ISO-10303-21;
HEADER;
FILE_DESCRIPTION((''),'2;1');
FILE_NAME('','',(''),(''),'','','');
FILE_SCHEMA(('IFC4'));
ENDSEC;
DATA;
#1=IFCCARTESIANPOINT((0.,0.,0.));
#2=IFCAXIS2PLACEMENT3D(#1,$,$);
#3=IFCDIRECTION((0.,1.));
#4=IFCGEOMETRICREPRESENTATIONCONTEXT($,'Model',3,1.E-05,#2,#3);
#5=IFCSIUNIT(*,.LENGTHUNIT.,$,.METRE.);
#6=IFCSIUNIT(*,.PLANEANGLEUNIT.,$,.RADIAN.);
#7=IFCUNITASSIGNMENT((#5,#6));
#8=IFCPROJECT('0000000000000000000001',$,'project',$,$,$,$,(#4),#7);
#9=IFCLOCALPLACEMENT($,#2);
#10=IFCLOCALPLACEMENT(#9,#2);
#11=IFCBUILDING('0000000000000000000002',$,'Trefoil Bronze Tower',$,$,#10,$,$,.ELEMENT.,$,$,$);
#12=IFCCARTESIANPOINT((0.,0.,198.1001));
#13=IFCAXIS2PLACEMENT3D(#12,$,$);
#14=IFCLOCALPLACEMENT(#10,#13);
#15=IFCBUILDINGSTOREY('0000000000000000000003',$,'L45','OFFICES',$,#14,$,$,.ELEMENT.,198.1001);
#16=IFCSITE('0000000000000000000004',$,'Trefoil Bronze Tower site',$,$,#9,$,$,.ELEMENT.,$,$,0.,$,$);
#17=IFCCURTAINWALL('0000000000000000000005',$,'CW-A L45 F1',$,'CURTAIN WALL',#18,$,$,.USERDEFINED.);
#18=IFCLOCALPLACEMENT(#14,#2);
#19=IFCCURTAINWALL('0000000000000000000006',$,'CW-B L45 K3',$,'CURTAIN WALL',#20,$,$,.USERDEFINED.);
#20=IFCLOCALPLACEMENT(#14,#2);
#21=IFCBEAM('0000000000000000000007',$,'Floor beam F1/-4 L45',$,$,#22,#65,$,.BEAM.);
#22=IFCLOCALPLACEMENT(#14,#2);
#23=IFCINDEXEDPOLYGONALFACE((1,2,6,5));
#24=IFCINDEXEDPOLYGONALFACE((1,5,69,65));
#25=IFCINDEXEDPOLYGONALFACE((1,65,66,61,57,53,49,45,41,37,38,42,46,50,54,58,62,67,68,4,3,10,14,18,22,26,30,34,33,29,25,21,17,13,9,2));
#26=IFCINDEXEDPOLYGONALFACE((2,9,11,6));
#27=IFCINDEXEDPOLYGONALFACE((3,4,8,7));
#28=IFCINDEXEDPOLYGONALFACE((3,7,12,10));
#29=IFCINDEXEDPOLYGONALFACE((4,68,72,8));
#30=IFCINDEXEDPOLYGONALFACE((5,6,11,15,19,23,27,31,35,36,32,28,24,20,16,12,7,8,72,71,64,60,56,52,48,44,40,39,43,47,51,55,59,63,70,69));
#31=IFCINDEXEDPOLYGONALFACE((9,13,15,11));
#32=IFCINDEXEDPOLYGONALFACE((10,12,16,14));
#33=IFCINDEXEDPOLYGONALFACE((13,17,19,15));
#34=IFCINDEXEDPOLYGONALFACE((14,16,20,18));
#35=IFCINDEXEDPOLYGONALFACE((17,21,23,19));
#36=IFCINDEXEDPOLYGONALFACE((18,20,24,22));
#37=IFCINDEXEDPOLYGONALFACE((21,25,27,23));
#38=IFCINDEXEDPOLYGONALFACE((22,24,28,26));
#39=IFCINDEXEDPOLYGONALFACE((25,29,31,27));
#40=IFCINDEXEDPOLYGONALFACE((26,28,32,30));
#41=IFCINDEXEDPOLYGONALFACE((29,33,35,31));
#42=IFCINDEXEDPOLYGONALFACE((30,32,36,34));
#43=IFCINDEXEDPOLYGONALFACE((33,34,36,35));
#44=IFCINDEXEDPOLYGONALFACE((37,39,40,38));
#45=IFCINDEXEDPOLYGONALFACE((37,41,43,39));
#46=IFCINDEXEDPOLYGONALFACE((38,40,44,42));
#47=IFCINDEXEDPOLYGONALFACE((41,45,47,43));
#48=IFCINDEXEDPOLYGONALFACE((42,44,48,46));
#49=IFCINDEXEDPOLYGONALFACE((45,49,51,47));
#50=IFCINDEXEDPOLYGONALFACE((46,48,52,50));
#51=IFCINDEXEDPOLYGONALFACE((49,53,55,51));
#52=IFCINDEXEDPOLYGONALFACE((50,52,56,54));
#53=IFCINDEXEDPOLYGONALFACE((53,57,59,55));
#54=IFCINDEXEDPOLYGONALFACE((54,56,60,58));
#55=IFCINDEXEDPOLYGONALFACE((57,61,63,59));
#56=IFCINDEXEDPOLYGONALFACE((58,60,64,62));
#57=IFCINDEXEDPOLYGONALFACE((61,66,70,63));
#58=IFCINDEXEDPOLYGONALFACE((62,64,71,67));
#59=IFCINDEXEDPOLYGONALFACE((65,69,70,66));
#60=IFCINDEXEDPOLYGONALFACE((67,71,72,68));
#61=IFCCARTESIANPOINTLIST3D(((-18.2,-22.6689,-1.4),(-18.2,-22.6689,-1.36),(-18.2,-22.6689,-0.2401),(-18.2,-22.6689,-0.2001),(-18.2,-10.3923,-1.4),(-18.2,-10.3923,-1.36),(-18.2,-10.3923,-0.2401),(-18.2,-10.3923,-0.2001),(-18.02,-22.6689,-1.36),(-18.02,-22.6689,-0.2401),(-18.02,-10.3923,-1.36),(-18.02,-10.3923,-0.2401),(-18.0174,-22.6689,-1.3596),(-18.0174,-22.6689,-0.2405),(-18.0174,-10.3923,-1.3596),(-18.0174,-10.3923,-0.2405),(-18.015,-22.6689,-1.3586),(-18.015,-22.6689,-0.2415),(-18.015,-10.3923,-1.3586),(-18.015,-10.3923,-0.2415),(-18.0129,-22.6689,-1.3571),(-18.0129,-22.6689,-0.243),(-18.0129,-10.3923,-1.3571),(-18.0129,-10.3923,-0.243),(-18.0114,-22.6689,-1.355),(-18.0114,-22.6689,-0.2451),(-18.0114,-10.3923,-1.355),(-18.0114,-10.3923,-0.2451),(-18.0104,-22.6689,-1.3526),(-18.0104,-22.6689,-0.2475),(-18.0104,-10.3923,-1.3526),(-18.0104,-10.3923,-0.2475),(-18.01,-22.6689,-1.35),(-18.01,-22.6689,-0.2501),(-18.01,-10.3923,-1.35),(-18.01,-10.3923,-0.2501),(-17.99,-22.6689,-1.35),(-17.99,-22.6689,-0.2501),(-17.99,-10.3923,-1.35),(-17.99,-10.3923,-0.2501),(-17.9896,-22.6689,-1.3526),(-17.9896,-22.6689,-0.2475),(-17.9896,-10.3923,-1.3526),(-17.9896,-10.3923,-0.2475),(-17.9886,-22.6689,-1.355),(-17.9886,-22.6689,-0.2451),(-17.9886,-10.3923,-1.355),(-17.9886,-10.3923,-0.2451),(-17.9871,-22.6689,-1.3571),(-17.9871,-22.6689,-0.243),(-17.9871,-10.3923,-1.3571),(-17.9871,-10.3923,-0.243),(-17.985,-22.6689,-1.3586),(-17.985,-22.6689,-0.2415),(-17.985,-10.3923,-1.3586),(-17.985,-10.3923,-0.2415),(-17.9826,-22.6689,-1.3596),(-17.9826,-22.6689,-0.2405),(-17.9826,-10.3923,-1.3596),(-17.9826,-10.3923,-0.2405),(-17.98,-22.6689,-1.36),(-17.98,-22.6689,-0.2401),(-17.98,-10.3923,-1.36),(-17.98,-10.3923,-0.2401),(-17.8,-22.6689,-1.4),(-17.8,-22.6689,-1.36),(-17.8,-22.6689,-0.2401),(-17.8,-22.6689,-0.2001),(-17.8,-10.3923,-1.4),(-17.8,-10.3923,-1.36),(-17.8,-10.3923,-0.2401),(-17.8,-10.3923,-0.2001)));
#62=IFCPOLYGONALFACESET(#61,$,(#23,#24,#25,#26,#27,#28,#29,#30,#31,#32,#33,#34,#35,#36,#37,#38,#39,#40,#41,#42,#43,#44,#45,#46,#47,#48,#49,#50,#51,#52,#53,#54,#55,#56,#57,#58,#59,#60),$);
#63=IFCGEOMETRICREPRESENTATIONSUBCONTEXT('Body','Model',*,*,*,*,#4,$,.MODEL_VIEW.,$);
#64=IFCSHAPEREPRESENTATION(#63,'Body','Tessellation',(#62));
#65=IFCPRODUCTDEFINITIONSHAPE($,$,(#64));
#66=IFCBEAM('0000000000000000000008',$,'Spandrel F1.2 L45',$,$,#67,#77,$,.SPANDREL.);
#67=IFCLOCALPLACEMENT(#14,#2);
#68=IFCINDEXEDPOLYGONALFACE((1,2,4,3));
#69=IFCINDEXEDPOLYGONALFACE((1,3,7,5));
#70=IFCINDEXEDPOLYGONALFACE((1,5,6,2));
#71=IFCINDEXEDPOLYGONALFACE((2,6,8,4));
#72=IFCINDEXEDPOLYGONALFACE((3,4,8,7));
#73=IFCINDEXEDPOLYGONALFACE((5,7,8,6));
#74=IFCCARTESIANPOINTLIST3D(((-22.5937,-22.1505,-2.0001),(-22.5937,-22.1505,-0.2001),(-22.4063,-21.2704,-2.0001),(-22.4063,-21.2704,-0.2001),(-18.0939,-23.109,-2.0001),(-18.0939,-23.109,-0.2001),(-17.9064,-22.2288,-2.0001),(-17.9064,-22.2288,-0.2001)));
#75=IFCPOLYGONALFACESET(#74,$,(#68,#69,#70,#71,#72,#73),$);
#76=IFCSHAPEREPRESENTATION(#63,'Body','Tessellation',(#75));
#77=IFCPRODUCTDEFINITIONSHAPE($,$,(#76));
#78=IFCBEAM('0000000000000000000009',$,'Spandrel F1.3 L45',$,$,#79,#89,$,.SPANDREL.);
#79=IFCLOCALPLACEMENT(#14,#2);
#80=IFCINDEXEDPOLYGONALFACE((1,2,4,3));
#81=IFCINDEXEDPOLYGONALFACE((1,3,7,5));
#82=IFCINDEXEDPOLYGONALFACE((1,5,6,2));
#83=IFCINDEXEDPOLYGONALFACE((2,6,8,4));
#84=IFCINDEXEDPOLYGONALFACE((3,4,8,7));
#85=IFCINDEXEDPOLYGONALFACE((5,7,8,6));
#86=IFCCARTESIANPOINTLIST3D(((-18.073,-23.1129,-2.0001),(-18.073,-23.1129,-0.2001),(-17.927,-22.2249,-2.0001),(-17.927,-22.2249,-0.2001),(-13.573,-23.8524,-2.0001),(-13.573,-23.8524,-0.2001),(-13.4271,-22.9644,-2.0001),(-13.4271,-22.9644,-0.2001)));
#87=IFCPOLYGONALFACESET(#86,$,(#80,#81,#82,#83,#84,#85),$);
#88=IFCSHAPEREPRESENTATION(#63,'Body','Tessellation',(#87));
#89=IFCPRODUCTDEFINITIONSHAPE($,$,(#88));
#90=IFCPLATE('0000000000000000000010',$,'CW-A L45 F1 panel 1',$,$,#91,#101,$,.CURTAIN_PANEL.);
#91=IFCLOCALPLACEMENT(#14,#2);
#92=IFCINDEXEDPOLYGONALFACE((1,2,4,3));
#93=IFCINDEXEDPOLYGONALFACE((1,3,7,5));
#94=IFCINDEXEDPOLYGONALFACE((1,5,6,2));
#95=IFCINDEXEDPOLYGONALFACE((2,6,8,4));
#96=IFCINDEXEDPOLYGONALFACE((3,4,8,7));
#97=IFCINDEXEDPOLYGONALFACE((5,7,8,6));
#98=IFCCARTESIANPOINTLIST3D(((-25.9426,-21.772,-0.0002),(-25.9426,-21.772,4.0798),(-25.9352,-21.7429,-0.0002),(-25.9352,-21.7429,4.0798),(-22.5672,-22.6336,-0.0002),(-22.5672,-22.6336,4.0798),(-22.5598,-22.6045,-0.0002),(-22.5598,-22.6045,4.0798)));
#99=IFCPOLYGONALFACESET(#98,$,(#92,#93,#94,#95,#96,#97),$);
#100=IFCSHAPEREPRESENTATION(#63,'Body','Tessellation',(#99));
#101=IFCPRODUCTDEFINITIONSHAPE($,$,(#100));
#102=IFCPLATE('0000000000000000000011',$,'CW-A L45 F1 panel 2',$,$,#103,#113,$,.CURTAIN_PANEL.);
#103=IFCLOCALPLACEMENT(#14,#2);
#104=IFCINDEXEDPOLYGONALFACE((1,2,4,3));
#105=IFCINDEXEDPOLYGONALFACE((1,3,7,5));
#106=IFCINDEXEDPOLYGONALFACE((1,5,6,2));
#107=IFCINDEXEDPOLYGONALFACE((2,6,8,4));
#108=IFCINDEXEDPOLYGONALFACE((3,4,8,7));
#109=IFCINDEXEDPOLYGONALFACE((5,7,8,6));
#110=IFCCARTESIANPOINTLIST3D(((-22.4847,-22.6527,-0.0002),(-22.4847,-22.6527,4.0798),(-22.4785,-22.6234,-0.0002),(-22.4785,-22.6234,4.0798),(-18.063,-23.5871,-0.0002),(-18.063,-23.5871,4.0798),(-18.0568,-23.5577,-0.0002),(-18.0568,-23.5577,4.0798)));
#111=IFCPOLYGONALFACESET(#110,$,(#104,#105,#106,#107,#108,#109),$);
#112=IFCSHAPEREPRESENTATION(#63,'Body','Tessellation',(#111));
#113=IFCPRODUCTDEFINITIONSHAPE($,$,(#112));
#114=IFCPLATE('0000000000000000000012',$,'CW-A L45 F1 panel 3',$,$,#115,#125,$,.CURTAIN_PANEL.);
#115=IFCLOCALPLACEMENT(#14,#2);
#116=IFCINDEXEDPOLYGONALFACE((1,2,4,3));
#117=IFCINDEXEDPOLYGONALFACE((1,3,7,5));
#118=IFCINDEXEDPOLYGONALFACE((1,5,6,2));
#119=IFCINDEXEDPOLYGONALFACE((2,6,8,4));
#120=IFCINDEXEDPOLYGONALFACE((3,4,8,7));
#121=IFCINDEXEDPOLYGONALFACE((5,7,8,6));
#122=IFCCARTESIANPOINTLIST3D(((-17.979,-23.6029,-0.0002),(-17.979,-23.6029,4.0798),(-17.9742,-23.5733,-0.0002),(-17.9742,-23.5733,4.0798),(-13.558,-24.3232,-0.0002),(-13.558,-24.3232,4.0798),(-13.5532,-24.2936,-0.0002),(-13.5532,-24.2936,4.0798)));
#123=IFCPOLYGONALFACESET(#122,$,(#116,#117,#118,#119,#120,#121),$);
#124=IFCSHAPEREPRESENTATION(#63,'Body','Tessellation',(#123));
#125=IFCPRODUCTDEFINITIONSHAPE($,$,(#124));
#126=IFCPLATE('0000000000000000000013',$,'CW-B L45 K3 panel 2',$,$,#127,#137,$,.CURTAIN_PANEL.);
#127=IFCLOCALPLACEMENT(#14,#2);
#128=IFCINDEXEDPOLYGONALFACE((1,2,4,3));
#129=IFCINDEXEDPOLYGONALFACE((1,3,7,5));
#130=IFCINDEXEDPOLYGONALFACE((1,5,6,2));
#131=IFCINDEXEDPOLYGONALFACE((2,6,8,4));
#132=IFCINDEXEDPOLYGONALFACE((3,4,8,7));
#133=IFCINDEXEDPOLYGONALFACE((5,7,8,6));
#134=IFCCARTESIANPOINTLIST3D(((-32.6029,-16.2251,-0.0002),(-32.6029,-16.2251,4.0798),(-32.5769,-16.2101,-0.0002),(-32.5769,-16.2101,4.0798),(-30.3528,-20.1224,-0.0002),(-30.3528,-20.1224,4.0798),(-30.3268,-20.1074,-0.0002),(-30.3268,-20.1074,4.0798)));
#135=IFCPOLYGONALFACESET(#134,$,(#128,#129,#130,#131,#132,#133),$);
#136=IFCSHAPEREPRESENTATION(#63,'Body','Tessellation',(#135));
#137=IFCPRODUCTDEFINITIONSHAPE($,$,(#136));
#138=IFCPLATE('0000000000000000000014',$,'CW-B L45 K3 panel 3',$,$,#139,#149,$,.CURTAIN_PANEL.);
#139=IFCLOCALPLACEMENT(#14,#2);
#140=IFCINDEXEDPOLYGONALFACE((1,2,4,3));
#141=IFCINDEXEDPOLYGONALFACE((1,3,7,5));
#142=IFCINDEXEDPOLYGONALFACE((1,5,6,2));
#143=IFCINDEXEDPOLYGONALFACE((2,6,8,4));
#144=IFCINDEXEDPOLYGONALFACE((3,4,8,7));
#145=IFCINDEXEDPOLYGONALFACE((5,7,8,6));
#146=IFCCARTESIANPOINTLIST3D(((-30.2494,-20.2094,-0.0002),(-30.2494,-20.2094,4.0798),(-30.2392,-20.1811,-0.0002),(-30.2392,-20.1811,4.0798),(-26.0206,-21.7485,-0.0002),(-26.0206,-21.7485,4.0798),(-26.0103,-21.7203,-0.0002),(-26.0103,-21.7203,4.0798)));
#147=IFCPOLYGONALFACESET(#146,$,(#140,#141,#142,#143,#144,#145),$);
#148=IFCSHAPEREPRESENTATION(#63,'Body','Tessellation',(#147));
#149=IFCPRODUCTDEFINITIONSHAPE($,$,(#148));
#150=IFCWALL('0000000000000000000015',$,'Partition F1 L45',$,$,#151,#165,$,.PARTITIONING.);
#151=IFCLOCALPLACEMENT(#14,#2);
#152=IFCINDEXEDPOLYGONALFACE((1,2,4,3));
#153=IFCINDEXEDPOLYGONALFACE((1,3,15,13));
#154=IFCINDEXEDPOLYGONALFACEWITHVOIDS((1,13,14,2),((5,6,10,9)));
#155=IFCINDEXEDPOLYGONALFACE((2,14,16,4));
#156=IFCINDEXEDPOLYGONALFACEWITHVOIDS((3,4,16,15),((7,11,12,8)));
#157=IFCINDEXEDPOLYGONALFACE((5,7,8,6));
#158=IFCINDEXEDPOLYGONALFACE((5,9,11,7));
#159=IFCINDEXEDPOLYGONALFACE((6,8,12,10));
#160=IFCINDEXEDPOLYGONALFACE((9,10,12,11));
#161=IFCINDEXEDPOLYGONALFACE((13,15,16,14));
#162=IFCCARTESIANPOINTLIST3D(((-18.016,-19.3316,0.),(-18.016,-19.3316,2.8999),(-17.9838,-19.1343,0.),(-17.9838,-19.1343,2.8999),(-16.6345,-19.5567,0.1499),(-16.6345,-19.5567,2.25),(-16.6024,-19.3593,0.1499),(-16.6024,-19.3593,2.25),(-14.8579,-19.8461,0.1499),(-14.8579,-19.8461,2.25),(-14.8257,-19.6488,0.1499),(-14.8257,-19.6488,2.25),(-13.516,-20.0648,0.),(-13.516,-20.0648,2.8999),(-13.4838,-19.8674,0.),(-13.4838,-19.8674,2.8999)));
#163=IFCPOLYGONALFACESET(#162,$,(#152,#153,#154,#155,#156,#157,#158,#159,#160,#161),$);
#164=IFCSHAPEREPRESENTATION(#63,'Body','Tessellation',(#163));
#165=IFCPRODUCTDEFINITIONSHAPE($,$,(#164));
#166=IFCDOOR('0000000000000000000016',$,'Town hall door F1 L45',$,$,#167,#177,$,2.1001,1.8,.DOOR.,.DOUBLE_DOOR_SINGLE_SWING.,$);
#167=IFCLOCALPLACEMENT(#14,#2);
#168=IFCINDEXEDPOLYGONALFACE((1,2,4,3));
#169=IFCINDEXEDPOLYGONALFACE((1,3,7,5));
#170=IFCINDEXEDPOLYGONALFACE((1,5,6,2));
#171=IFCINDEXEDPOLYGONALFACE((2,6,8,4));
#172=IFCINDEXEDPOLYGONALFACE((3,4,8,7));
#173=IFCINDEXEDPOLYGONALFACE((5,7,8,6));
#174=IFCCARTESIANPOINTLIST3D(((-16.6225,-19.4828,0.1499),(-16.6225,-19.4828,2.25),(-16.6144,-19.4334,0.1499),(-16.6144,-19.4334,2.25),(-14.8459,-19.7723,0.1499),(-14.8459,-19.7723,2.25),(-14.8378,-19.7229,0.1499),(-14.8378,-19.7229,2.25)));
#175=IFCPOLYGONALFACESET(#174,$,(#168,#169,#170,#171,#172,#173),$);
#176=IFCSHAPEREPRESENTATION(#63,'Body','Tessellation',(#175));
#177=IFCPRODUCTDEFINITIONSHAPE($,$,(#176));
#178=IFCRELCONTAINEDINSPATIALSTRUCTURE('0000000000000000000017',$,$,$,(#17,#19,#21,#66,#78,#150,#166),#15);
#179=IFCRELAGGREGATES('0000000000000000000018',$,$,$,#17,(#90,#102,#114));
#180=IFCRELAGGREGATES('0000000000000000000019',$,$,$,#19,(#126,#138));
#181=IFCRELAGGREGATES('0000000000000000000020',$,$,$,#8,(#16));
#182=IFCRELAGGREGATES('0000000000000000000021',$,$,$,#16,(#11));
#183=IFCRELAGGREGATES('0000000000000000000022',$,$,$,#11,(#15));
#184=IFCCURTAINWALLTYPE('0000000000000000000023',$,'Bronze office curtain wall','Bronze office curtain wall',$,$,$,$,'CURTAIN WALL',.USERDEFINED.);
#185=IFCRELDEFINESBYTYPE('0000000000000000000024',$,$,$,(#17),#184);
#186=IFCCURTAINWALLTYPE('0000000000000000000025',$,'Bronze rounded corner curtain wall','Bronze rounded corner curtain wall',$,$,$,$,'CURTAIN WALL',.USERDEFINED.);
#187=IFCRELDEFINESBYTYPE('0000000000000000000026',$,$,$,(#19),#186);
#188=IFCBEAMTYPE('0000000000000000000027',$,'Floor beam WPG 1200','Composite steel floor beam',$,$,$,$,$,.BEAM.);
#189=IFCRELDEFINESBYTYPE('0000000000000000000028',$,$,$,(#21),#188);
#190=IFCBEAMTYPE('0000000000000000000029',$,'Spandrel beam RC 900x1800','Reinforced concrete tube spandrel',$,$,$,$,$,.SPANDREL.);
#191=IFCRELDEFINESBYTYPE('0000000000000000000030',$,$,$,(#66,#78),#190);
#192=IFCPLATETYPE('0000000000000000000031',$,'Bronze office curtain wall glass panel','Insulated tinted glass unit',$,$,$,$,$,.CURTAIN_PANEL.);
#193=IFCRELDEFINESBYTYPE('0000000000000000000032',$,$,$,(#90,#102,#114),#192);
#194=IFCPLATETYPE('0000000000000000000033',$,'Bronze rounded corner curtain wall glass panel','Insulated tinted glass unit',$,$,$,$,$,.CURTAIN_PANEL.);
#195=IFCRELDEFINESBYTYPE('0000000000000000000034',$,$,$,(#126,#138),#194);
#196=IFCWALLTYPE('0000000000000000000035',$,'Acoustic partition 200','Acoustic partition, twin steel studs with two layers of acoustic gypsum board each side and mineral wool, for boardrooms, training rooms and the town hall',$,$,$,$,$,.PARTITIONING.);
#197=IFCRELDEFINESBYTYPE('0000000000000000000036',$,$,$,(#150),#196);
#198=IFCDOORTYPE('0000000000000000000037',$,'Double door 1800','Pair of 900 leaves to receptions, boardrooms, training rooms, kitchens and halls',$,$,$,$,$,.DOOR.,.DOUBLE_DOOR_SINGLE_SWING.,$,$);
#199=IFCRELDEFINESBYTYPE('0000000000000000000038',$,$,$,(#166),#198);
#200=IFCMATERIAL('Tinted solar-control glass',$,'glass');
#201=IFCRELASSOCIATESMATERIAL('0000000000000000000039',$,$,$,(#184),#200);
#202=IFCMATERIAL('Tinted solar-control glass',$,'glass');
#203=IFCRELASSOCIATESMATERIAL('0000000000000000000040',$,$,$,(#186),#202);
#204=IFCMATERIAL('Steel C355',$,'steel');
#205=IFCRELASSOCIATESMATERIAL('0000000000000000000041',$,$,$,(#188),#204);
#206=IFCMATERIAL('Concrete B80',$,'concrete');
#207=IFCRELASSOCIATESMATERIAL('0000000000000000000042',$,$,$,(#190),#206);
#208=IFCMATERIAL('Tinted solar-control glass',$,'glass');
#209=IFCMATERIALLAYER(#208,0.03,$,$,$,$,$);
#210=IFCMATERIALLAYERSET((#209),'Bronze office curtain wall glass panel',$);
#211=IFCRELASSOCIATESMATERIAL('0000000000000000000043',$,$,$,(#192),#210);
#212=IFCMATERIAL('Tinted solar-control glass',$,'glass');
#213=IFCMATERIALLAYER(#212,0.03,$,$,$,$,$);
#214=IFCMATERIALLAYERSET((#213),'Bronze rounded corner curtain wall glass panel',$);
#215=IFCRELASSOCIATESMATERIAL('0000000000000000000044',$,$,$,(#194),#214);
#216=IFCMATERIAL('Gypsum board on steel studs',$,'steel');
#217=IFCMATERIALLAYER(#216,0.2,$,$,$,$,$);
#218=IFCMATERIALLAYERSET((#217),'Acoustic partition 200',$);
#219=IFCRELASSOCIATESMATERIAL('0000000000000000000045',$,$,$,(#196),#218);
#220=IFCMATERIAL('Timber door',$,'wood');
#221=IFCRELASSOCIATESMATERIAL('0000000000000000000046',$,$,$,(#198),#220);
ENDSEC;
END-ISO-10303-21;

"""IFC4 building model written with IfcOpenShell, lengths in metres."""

from ifc_helpers import new_model, si_unit, direction, frame, frame_2d, origin, origin_2d, place, context, subcontext, project, spatial, rectangle, i_section, extrude, material, layer, layer_set, material_profile, profile_set, type_object, element, fill, aggregate, save


model = new_model("IFC4")

# Units and contexts
model_context = context("Model", 3, precision=1e-05, world=origin(), true_north=direction((0.0, 1.0)))
body_context = subcontext(model_context, "Body", "Model", "MODEL_VIEW")
ifc_project = project(units=[si_unit("LENGTHUNIT", "METRE"), si_unit("PLANEANGLEUNIT", "RADIAN")], contexts=[model_context])

# Site, building, storey
site_placement = place(None, origin())
site = spatial("IfcSite", under=ifc_project, at=site_placement, Name="Trefoil Bronze Tower site", CompositionType="ELEMENT", RefElevation=0.0)
building_placement = place(site_placement, origin())
building = spatial("IfcBuilding", under=site, at=building_placement, Name="Trefoil Bronze Tower", CompositionType="ELEMENT")
storey_placement = place(building_placement, frame((0.0, 0.0, 198.1001)))
storey = spatial("IfcBuildingStorey", under=building, at=storey_placement, Name="L45", Description="OFFICES", CompositionType="ELEMENT", Elevation=198.1001)

# Curtain walls
ifc_material_1 = material(Name="Tinted solar-control glass", Category="glass")
curtain_wall_type_1 = type_object("IfcCurtainWallType", Name="Bronze office curtain wall", Description="Bronze office curtain wall", ElementType="CURTAIN WALL", PredefinedType="USERDEFINED", material=ifc_material_1)
curtain_wall_1_placement = place(storey_placement, origin())
curtain_wall_1 = element("IfcCurtainWall", 1, at=curtain_wall_1_placement, inside=storey, type_object=curtain_wall_type_1, Name="CW-A L45 F1", ObjectType="CURTAIN WALL", PredefinedType="USERDEFINED")
ifc_material_2 = material(Name="Tinted solar-control glass", Category="glass")
curtain_wall_type_2 = type_object("IfcCurtainWallType", Name="Bronze rounded corner curtain wall", Description="Bronze rounded corner curtain wall", ElementType="CURTAIN WALL", PredefinedType="USERDEFINED", material=ifc_material_2)
curtain_wall_2_placement = place(storey_placement, origin())
curtain_wall_2 = element("IfcCurtainWall", 2, at=curtain_wall_2_placement, inside=storey, type_object=curtain_wall_type_2, Name="CW-B L45 K3", ObjectType="CURTAIN WALL", PredefinedType="USERDEFINED")

# Beams
ifc_material_3 = material(Name="Steel C355", Category="steel")
ifc_material_profile_1 = material_profile(ifc_material_3, i_section(OverallWidth=0.3999, OverallDepth=1.2, WebThickness=0.02, FlangeThickness=0.04, FilletRadius=0.01, at=origin_2d()), Name="WPG 1200")
ifc_profile_set_1 = profile_set([ifc_material_profile_1], Name="Steel C355")
beam_type_1 = type_object("IfcBeamType", Name="Floor beam WPG 1200", Description="Composite steel floor beam", PredefinedType="BEAM", material=ifc_profile_set_1)
beam_1_placement = place(storey_placement, frame((-18.0, -22.6689, -0.8), z_axis=(0.0, 1.0, 0.0), x_axis=(-1.0, 0.0, 0.0)))
element("IfcBeam", 3, at=beam_1_placement, inside=storey, type_object=beam_type_1, Name="Floor beam F1/-4 L45", PredefinedType="BEAM", context=body_context, shape_type="SweptSolid", body=[
    extrude(i_section(OverallWidth=0.3999, OverallDepth=1.2, WebThickness=0.02, FlangeThickness=0.04, FilletRadius=0.01, at=origin_2d()), origin(), (0.0, 0.0, 1.0), 12.2766),
])
ifc_material_4 = material(Name="Concrete B80", Category="concrete")
ifc_material_profile_2 = material_profile(ifc_material_4, rectangle(XDim=0.8999, YDim=1.8, at=origin_2d()), Name="RC 900x1800")
ifc_profile_set_2 = profile_set([ifc_material_profile_2], Name="Concrete B80")
beam_type_2 = type_object("IfcBeamType", Name="Spandrel beam RC 900x1800", Description="Reinforced concrete tube spandrel", PredefinedType="SPANDREL", material=ifc_profile_set_2)
beam_2_placement = place(storey_placement, frame((-22.5, -21.7104, -1.1001), z_axis=(0.978059, -0.208326, 0.0), x_axis=(0.208326, 0.978059, 0.0)))
element("IfcBeam", 4, at=beam_2_placement, inside=storey, type_object=beam_type_2, Name="Spandrel F1.2 L45", PredefinedType="SPANDREL", context=body_context, shape_type="SweptSolid", body=[
    extrude(rectangle(XDim=0.8999, YDim=1.8, at=origin_2d()), origin(), (0.0, 0.0, 1.0), 4.6008),
])
beam_3_placement = place(storey_placement, frame((-18.0, -22.6689, -1.1001), z_axis=(0.986765, -0.162159, 0.0), x_axis=(0.162159, 0.986765, 0.0)))
element("IfcBeam", 5, at=beam_3_placement, inside=storey, type_object=beam_type_2, Name="Spandrel F1.3 L45", PredefinedType="SPANDREL", context=body_context, shape_type="SweptSolid", body=[
    extrude(rectangle(XDim=0.8999, YDim=1.8, at=origin_2d()), origin(), (0.0, 0.0, 1.0), 4.5603),
])

# Plates
ifc_material_5 = material(Name="Tinted solar-control glass", Category="glass")
ifc_layer_1 = layer(ifc_material_5, 0.03)
ifc_layer_set_1 = layer_set([ifc_layer_1], Name="Bronze office curtain wall glass panel")
plate_type_1 = type_object("IfcPlateType", Name="Bronze office curtain wall glass panel", Description="Insulated tinted glass unit", PredefinedType="CURTAIN_PANEL", material=ifc_layer_set_1)
plate_1_placement = place(storey_placement, frame((-24.2512, -22.1882, -0.0002), z_axis=(0.0, 0.0, 1.0), x_axis=(0.968934, -0.247319, 0.0)))
plate_1 = element("IfcPlate", 6, at=plate_1_placement, type_object=plate_type_1, Name="CW-A L45 F1 panel 1", PredefinedType="CURTAIN_PANEL", context=body_context, shape_type="SweptSolid", body=[
    extrude(rectangle(XDim=3.4836, YDim=0.03, at=origin_2d()), origin(), (0.0, 0.0, 1.0), 4.0801),
])
plate_2_placement = place(storey_placement, frame((-20.2708, -23.1052, -0.0002), z_axis=(0.0, 0.0, 1.0), x_axis=(0.978394, -0.206747, 0.0)))
plate_2 = element("IfcPlate", 7, at=plate_2_placement, type_object=plate_type_1, Name="CW-A L45 F1 panel 2", PredefinedType="CURTAIN_PANEL", context=body_context, shape_type="SweptSolid", body=[
    extrude(rectangle(XDim=4.5193, YDim=0.03, at=origin_2d()), origin(), (0.0, 0.0, 1.0), 4.0801),
])
plate_3_placement = place(storey_placement, frame((-15.7661, -23.9482, -0.0002), z_axis=(0.0, 0.0, 1.0), x_axis=(0.986987, -0.160803, 0.0)))
plate_3 = element("IfcPlate", 8, at=plate_3_placement, type_object=plate_type_1, Name="CW-A L45 F1 panel 3", PredefinedType="CURTAIN_PANEL", context=body_context, shape_type="SweptSolid", body=[
    extrude(rectangle(XDim=4.4792, YDim=0.03, at=origin_2d()), origin(), (0.0, 0.0, 1.0), 4.0801),
])
aggregate(curtain_wall_1, [plate_1, plate_2, plate_3])
ifc_material_6 = material(Name="Tinted solar-control glass", Category="glass")
ifc_layer_2 = layer(ifc_material_6, 0.03)
ifc_layer_set_2 = layer_set([ifc_layer_2], Name="Bronze rounded corner curtain wall glass panel")
plate_type_2 = type_object("IfcPlateType", Name="Bronze rounded corner curtain wall glass panel", Description="Insulated tinted glass unit", PredefinedType="CURTAIN_PANEL", material=ifc_layer_set_2)
plate_4_placement = place(storey_placement, frame((-31.4648, -18.1663, -0.0002), z_axis=(0.0, 0.0, 1.0), x_axis=(0.5, -0.866025, 0.0)))
plate_4 = element("IfcPlate", 9, at=plate_4_placement, type_object=plate_type_2, Name="CW-B L45 K3 panel 2", PredefinedType="CURTAIN_PANEL", context=body_context, shape_type="SweptSolid", body=[
    extrude(rectangle(XDim=4.5002, YDim=0.03, at=origin_2d()), origin(), (0.0, 0.0, 1.0), 4.0801),
])
plate_5_placement = place(storey_placement, frame((-28.1299, -20.9648, -0.0002), z_axis=(0.0, 0.0, 1.0), x_axis=(0.939693, -0.34202, 0.0)))
plate_5 = element("IfcPlate", 10, at=plate_5_placement, type_object=plate_type_2, Name="CW-B L45 K3 panel 3", PredefinedType="CURTAIN_PANEL", context=body_context, shape_type="SweptSolid", body=[
    extrude(rectangle(XDim=4.5002, YDim=0.03, at=origin_2d()), origin(), (0.0, 0.0, 1.0), 4.0801),
])
aggregate(curtain_wall_2, [plate_4, plate_5])

# Wall, opening, door
ifc_material_7 = material(Name="Gypsum board on steel studs", Category="steel")
ifc_layer_3 = layer(ifc_material_7, 0.2)
ifc_layer_set_3 = layer_set([ifc_layer_3], Name="Acoustic partition 200")
wall_type_1 = type_object("IfcWallType", Name="Acoustic partition 200", Description="Acoustic partition, twin steel studs with two layers of acoustic gypsum board each side and mineral wool, for boardrooms, training rooms and the town hall", PredefinedType="PARTITIONING", material=ifc_layer_set_3)
wall_1_placement = place(storey_placement, frame((-18.0, -19.2329, 0.0), z_axis=(0.0, 0.0, 1.0), x_axis=(0.986987, -0.160803, 0.0)))
wall_1 = element("IfcWall", 11, at=wall_1_placement, inside=storey, type_object=wall_type_1, Name="Partition F1 L45", PredefinedType="PARTITIONING", context=body_context, shape_type="SweptSolid", body=[
    extrude(rectangle(XDim=4.5593, YDim=0.2, at=frame_2d((2.2798, 0.0))), origin(), (0.0, 0.0, 1.0), 2.8999),
])
opening_placement = place(wall_1_placement, frame((1.3999, 0.0, 0.1499)))
opening = element("IfcOpeningElement", 12, at=opening_placement, cuts=wall_1, PredefinedType="OPENING", context=body_context, shape_type="SweptSolid", body=[
    extrude(rectangle(XDim=1.8, YDim=2.1001, at=frame_2d((0.8999, 1.05))), frame((0.0, 0.1099, 0.0), z_axis=(0.0, -1.0, 0.0), x_axis=(1.0, 0.0, 0.0)), (0.0, 0.0, 1.0), 0.22),
])
ifc_material_8 = material(Name="Timber door", Category="wood")
door_type = type_object("IfcDoorType", Name="Double door 1800", Description="Pair of 900 leaves to receptions, boardrooms, training rooms, kitchens and halls", OperationType="DOUBLE_DOOR_SINGLE_SWING", PredefinedType="DOOR", material=ifc_material_8)
door_placement = place(opening_placement, origin())
door = element("IfcDoor", 13, at=door_placement, inside=storey, type_object=door_type, Name="Town hall door F1 L45", OperationType="DOUBLE_DOOR_SINGLE_SWING", OverallHeight=2.1001, OverallWidth=1.8, PredefinedType="DOOR", context=body_context, shape_type="SweptSolid", body=[
    extrude(rectangle(XDim=1.8, YDim=2.1001, at=frame_2d((0.8999, 1.05))), frame((0.0, 0.0249, 0.0), z_axis=(0.0, -1.0, 0.0), x_axis=(1.0, 0.0, 0.0)), (0.0, 0.0, 1.0), 0.05),
])
fill(opening, door)

save(model, "model.ifc")
